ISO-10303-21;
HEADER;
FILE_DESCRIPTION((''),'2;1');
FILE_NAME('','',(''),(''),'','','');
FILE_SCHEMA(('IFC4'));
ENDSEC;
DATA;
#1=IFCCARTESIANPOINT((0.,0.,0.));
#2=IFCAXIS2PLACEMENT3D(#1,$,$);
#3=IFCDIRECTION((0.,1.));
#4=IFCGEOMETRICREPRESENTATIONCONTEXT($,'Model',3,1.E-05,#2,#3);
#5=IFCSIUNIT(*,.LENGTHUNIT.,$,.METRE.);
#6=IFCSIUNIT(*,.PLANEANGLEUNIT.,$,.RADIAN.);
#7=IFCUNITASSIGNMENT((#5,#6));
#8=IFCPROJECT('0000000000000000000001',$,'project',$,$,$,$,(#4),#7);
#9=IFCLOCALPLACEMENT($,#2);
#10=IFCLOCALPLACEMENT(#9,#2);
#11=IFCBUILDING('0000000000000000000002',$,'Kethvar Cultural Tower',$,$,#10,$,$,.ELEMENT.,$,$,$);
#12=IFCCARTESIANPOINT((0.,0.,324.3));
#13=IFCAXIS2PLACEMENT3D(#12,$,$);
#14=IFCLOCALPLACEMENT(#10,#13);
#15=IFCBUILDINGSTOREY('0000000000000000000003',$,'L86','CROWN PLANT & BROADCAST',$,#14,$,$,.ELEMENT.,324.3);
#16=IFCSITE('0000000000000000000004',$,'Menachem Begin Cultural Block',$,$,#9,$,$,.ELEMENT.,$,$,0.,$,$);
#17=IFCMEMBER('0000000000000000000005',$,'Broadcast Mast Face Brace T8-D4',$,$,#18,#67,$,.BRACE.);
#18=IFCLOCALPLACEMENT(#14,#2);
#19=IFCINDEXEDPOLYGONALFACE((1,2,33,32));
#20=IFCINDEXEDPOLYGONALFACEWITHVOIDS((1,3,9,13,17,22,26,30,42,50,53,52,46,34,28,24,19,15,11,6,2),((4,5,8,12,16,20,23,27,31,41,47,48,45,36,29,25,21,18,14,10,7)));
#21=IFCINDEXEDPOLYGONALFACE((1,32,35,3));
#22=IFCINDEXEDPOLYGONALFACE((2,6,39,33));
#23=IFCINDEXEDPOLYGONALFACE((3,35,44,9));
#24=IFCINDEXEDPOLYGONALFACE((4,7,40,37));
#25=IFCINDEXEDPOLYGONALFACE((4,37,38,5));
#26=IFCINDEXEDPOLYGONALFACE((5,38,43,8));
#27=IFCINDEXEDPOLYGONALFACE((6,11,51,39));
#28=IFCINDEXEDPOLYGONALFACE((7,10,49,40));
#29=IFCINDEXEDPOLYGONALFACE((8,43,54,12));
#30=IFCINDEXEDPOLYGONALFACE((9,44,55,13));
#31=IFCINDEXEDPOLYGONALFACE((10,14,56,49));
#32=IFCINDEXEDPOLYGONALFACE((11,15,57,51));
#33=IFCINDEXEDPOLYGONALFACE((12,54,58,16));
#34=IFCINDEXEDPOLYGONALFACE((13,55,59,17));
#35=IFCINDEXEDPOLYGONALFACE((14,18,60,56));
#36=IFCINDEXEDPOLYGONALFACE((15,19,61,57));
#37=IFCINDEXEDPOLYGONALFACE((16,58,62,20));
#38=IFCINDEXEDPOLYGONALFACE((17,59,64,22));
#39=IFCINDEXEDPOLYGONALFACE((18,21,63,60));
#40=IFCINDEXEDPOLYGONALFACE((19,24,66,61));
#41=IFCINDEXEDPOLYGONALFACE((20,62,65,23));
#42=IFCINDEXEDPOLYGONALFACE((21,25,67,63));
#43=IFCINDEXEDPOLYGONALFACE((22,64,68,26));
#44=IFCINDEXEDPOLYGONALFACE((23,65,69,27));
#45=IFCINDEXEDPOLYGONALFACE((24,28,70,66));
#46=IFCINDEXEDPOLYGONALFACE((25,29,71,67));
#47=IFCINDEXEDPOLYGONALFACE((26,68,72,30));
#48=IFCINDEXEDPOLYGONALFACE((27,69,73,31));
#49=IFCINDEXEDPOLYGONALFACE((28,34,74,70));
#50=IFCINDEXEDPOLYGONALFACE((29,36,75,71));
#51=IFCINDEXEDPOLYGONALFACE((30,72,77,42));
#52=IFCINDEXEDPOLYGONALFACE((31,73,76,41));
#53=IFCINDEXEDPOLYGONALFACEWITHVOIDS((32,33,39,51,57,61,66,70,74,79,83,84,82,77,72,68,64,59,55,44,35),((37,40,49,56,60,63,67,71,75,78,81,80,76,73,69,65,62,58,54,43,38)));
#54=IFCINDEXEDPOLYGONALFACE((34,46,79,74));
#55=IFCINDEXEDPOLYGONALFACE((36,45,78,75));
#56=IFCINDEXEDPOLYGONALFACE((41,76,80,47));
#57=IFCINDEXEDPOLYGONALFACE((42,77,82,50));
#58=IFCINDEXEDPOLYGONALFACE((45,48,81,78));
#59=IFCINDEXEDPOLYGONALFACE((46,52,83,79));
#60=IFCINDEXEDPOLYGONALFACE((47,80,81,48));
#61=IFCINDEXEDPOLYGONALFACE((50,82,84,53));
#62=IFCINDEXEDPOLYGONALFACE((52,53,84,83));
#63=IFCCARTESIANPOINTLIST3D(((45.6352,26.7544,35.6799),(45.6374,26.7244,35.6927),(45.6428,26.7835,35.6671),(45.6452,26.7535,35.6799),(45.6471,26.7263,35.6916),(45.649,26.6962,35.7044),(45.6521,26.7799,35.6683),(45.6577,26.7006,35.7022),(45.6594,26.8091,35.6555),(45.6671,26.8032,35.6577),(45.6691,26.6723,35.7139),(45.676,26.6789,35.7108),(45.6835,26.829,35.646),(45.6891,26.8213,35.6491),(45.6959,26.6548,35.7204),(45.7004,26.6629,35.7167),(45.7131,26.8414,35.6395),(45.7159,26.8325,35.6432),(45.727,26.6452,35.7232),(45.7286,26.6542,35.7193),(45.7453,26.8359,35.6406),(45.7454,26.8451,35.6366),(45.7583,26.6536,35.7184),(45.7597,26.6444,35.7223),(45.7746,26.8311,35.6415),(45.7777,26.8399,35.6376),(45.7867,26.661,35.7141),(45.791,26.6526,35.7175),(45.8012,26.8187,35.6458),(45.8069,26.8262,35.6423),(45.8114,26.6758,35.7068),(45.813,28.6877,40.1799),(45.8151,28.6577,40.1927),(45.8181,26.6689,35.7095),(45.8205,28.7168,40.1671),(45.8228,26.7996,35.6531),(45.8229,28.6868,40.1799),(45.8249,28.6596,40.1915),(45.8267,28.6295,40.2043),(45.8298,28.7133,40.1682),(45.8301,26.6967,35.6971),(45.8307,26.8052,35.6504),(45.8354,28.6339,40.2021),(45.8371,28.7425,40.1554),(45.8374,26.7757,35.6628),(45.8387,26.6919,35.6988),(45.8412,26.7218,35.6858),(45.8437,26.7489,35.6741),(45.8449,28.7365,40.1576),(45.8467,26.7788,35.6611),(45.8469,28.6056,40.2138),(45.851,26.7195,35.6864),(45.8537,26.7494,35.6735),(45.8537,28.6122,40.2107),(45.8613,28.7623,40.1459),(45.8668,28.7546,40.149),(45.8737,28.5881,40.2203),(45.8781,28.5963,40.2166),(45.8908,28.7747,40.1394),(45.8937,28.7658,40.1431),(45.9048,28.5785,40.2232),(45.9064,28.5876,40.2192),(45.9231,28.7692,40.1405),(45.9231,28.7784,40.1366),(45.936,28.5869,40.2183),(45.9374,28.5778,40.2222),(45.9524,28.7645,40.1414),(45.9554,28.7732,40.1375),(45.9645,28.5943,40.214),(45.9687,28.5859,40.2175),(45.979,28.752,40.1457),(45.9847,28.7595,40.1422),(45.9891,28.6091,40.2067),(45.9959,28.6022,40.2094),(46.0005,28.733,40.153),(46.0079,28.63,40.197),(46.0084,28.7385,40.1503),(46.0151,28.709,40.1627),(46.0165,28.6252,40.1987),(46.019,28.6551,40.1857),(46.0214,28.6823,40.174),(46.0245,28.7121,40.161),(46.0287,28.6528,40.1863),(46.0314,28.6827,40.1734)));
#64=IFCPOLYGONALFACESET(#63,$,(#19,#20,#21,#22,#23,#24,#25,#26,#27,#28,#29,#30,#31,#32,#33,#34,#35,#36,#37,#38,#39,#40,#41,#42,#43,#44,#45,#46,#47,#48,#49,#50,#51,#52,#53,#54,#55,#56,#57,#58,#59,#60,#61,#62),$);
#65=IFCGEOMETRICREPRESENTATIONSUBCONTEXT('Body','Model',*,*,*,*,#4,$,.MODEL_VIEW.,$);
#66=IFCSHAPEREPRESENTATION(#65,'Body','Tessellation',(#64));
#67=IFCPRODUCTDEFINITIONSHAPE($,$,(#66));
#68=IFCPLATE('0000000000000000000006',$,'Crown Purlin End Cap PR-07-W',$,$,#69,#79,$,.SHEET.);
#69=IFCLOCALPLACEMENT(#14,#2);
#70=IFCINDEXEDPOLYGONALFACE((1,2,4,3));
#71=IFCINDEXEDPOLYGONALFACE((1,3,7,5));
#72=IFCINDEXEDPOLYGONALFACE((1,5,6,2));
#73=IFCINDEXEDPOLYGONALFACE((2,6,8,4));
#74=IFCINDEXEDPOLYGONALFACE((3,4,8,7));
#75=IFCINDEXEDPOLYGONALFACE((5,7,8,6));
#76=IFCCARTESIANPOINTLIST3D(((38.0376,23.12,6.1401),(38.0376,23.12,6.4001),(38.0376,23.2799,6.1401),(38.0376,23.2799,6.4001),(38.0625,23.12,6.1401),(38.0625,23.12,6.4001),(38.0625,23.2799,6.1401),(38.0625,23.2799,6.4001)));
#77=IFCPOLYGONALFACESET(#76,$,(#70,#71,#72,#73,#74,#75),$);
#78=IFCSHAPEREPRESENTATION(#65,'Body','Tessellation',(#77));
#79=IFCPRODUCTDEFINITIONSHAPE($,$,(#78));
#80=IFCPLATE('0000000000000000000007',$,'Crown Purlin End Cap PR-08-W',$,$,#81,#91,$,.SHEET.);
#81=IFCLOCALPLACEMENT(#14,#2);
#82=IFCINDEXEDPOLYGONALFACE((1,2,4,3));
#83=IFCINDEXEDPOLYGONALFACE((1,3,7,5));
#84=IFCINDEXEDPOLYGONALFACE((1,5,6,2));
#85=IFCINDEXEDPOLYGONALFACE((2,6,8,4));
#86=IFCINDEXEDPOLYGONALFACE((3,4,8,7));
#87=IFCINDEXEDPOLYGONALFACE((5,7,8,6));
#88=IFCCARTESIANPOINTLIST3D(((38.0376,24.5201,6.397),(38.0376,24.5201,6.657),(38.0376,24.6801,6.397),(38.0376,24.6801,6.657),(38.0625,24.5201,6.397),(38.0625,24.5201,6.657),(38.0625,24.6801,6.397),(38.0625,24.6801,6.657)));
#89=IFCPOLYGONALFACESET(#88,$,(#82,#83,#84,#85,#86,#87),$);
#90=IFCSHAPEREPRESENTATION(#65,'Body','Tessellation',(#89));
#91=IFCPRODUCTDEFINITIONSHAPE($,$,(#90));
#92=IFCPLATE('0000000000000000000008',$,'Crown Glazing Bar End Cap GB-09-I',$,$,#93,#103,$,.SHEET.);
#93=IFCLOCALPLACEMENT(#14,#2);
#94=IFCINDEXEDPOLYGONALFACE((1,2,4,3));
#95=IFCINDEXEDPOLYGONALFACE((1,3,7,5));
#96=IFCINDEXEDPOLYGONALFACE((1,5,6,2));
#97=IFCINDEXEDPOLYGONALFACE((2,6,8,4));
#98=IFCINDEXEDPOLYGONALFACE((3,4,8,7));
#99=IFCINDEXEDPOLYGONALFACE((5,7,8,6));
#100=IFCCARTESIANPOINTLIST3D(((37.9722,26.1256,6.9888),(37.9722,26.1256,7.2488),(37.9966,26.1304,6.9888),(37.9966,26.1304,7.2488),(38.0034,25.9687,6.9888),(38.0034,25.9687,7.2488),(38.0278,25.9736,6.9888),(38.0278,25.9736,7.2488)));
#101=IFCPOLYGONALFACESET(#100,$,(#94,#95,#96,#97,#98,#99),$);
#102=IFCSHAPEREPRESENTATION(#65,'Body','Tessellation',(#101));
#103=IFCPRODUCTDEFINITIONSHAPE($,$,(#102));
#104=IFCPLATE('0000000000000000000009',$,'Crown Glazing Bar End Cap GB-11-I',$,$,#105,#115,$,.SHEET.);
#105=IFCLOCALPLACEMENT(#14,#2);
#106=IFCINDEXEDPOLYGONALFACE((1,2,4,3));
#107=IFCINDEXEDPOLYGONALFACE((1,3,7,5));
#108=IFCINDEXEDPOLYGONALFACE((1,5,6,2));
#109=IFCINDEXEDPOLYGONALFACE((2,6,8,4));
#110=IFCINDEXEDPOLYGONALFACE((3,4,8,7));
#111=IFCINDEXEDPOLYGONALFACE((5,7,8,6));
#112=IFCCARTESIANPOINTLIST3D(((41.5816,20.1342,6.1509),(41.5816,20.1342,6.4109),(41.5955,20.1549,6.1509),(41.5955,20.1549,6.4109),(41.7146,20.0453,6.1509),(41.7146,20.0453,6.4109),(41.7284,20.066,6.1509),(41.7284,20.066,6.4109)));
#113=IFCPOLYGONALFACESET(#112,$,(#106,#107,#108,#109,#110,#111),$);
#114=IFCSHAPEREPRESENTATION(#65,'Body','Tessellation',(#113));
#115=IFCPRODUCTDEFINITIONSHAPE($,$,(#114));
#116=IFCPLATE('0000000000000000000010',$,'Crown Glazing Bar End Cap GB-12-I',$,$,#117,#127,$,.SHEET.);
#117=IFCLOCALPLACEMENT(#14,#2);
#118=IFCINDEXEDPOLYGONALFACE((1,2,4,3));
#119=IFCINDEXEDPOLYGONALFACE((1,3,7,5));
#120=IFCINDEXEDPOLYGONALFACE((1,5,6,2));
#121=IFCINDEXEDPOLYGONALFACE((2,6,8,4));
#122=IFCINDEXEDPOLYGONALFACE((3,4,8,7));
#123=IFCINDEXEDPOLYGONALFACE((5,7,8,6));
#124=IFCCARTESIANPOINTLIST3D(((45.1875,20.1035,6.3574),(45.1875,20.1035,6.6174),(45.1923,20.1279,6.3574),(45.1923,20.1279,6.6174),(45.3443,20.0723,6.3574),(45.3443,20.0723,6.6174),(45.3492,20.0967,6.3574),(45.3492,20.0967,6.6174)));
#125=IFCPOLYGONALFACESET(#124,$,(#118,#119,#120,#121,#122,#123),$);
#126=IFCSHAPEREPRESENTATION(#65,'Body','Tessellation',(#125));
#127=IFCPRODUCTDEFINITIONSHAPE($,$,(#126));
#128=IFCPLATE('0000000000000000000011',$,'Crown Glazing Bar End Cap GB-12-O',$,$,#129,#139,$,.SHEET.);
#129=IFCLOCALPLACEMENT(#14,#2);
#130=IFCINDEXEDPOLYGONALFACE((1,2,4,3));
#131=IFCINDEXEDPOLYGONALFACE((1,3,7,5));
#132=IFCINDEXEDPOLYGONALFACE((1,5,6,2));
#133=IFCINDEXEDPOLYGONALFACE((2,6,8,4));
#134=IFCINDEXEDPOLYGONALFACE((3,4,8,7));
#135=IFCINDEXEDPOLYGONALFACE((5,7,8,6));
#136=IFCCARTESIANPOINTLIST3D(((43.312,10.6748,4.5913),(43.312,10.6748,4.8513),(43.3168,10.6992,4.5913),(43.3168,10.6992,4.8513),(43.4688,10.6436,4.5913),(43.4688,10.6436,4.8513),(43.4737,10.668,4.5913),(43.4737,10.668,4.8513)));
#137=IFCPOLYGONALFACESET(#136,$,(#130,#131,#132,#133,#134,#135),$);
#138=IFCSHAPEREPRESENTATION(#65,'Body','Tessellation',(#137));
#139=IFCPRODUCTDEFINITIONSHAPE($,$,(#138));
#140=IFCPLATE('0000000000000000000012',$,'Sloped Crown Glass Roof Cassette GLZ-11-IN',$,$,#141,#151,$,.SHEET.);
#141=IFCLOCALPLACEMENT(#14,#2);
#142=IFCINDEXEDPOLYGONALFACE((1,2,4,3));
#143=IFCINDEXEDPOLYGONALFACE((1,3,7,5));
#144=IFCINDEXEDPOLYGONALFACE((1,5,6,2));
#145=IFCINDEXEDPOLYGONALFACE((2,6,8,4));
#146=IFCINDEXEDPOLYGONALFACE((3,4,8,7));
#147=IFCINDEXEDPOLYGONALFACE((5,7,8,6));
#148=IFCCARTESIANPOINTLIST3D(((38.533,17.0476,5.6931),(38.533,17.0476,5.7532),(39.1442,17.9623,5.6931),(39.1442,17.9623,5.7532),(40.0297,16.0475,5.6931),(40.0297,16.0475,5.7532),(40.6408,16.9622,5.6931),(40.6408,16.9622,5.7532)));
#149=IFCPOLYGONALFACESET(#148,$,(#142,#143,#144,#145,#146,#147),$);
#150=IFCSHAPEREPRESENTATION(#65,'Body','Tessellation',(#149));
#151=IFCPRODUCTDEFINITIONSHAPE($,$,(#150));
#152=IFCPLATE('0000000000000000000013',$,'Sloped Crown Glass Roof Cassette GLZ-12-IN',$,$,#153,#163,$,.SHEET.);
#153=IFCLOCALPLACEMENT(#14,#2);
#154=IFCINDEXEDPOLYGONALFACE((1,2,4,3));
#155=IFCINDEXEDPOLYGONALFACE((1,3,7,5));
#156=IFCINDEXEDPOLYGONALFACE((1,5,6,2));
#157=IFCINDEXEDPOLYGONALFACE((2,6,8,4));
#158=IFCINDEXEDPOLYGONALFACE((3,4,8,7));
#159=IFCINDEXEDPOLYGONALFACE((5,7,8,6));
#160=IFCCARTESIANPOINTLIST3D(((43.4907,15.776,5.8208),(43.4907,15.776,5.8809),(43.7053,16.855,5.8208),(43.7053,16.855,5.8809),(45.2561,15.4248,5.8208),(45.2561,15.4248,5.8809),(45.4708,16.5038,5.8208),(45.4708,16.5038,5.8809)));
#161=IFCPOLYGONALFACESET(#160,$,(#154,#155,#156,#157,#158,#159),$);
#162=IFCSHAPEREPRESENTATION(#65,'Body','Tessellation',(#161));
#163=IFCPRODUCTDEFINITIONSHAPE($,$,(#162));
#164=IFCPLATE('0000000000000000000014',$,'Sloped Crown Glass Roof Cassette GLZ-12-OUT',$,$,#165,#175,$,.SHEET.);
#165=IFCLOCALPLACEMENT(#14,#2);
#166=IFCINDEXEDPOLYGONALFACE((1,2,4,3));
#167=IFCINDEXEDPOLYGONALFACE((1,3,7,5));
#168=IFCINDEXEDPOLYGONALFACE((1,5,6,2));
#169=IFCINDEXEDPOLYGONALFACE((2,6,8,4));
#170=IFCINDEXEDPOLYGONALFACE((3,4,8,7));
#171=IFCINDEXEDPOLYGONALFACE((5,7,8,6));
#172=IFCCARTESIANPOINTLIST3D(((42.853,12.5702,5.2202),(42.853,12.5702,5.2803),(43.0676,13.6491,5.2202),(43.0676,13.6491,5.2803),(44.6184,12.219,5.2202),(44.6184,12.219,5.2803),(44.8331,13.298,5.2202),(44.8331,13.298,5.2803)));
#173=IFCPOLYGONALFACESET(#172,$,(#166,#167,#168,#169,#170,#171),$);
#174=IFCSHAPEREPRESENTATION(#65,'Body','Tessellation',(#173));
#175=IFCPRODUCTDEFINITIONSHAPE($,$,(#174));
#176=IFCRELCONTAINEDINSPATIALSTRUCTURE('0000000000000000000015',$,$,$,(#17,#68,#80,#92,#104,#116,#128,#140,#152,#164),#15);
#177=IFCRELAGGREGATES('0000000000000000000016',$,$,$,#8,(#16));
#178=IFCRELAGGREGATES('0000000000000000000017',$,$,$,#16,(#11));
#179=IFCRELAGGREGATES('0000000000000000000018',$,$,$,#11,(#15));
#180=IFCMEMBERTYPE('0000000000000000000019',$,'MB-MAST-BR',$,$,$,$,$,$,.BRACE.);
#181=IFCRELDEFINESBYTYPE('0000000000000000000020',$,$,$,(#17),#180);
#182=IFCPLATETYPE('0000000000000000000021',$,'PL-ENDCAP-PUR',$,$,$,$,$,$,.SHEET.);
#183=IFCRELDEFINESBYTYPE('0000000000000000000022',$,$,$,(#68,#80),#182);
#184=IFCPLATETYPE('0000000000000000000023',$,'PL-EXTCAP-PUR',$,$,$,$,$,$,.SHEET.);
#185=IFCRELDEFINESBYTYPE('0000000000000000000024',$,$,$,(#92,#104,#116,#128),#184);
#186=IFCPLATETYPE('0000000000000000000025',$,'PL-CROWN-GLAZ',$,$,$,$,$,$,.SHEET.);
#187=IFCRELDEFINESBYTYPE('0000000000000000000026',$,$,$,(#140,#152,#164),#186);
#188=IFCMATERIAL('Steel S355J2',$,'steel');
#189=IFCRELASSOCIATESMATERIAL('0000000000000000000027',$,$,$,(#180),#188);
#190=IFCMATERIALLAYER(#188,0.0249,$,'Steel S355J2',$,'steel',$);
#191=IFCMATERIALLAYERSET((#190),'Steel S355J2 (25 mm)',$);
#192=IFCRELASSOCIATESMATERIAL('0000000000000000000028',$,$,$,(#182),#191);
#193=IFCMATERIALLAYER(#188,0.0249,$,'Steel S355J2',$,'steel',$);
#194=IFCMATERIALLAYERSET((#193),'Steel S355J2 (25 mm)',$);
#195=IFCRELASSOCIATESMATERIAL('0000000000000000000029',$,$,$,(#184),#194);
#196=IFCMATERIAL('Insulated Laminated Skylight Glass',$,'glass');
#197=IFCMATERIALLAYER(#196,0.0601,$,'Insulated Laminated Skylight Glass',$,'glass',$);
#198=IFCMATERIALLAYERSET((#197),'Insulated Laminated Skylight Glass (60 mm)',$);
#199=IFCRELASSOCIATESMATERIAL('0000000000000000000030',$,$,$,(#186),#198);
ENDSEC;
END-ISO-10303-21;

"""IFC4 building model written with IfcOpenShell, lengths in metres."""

from ifc_helpers import new_model, si_unit, direction, frame, origin, origin_2d, place, context, subcontext, project, spatial, rectangle, hollow_circle, extrude, source, transform, mapped, material, layer, layer_set, material_profile, profile_set, type_object, element, save


model = new_model("IFC4")

# Units and contexts
model_context = context("Model", 3, precision=1e-05, world=origin(), true_north=direction((0.0, 1.0)))
body_context = subcontext(model_context, "Body", "Model", "MODEL_VIEW")
ifc_project = project(units=[si_unit("LENGTHUNIT", "METRE"), si_unit("PLANEANGLEUNIT", "RADIAN")], contexts=[model_context])

# Site, building, storey
site_placement = place(None, origin())
site = spatial("IfcSite", under=ifc_project, at=site_placement, Name="Menachem Begin Cultural Block", CompositionType="ELEMENT", RefElevation=0.0)
building_placement = place(site_placement, origin())
building = spatial("IfcBuilding", under=site, at=building_placement, Name="Kethvar Cultural Tower", CompositionType="ELEMENT")
storey_placement = place(building_placement, frame((0.0, 0.0, 324.3)))
storey = spatial("IfcBuildingStorey", under=building, at=storey_placement, Name="L86", Description="CROWN PLANT & BROADCAST", CompositionType="ELEMENT", Elevation=324.3)

# Shared definitions
ifc_material_1 = material(Name="Steel S355J2", Category="steel")

# Member
ifc_material_profile_1 = material_profile(ifc_material_1, hollow_circle(Radius=0.1096, WallThickness=0.01, at=origin_2d()), Name="Steel S355J2 — CHS219x10")
ifc_profile_set_1 = profile_set([ifc_material_profile_1], Name="Steel S355J2 — CHS219x10")
member_type_1 = type_object("IfcMemberType", Name="MB-MAST-BR", PredefinedType="BRACE", material=ifc_profile_set_1)
shared_shape_1 = source(origin(), body_context, "Body", "SweptSolid", [
    extrude(hollow_circle(Radius=0.1096, WallThickness=0.01, at=origin_2d()), origin(), (0.0, 0.0, 1.0), 4.9009),
])
member_1_placement = place(storey_placement, frame((45.7444, 26.7444, 35.6799), z_axis=(0.036265, 0.394484, 0.918187), x_axis=(-0.995801, 0.091545, 0.0)))
element("IfcMember", 1, at=member_1_placement, inside=storey, type_object=member_type_1, Name="Broadcast Mast Face Brace T8-D4", PredefinedType="BRACE", context=body_context, shape_type="MappedRepresentation", body=[
    mapped(shared_shape_1, transform((0.0, 0.0, 0.0), scale=1.0)),
])

# Plates
ifc_layer_1 = layer(ifc_material_1, 0.0249, Name="Steel S355J2", Category="steel")
ifc_layer_set_1 = layer_set([ifc_layer_1], Name="Steel S355J2 (25 mm)")
plate_type_1 = type_object("IfcPlateType", Name="PL-ENDCAP-PUR", PredefinedType="SHEET", material=ifc_layer_set_1)
shared_shape_2 = source(origin(), body_context, "Body", "SweptSolid", [
    extrude(rectangle(XDim=0.0249, YDim=0.1599, at=origin_2d()), origin(), (0.0, 0.0, 1.0), 0.26),
])
for number, where, z_axis, x_axis, name in (
    (2, (38.05, 23.2, 6.1401), (0.0, 0.0, 1.0), (1.0, 0.0, 0.0), "Crown Purlin End Cap PR-07-W"),
    (3, (38.05, 24.6001, 6.397), (0.0, 0.0, 1.0), (1.0, 0.0, 0.0), "Crown Purlin End Cap PR-08-W"),
):
    element("IfcPlate", number, at=place(storey_placement, frame(where, z_axis=z_axis, x_axis=x_axis)), inside=storey, type_object=plate_type_1, Name=name, PredefinedType="SHEET", context=body_context, shape_type="MappedRepresentation", body=[
        mapped(shared_shape_2, transform((0.0, 0.0, 0.0), scale=1.0)),
    ])
ifc_layer_2 = layer(ifc_material_1, 0.0249, Name="Steel S355J2", Category="steel")
ifc_layer_set_2 = layer_set([ifc_layer_2], Name="Steel S355J2 (25 mm)")
plate_type_2 = type_object("IfcPlateType", Name="PL-EXTCAP-PUR", PredefinedType="SHEET", material=ifc_layer_set_2)
shared_shape_3 = source(origin(), body_context, "Body", "SweptSolid", [
    extrude(rectangle(XDim=0.0249, YDim=0.1599, at=origin_2d()), origin(), (0.0, 0.0, 1.0), 0.26),
])
for number, where, z_axis, x_axis, name in (
    (4, (38.0, 26.0496, 6.9888), (0.0, 0.0, 1.0), (-0.980785, -0.19509, 0.0), "Crown Glazing Bar End Cap GB-09-I"),
    (5, (41.655, 20.1001, 6.1509), (0.0, 0.0, 1.0), (-0.55557, -0.83147, 0.0), "Crown Glazing Bar End Cap GB-11-I"),
    (6, (45.2683, 20.1001, 6.3574), (0.0, 0.0, 1.0), (-0.19509, -0.980785, 0.0), "Crown Glazing Bar End Cap GB-12-I"),
    (7, (43.3928, 10.6714, 4.5913), (0.0, 0.0, 1.0), (-0.19509, -0.980785, 0.0), "Crown Glazing Bar End Cap GB-12-O"),
):
    element("IfcPlate", number, at=place(storey_placement, frame(where, z_axis=z_axis, x_axis=x_axis)), inside=storey, type_object=plate_type_2, Name=name, PredefinedType="SHEET", context=body_context, shape_type="MappedRepresentation", body=[
        mapped(shared_shape_3, transform((0.0, 0.0, 0.0), scale=1.0)),
    ])
ifc_material_2 = material(Name="Insulated Laminated Skylight Glass", Category="glass")
ifc_layer_3 = layer(ifc_material_2, 0.0601, Name="Insulated Laminated Skylight Glass", Category="glass")
ifc_layer_set_3 = layer_set([ifc_layer_3], Name="Insulated Laminated Skylight Glass (60 mm)")
plate_type_3 = type_object("IfcPlateType", Name="PL-CROWN-GLAZ", PredefinedType="SHEET", material=ifc_layer_set_3)
shared_shape_4 = source(origin(), body_context, "Body", "SweptSolid", [
    extrude(rectangle(XDim=1.1001, YDim=1.8, at=origin_2d()), origin(), (0.0, 0.0, 1.0), 0.0601),
])
for number, where, z_axis, x_axis, name in (
    (8, (39.5869, 17.0049, 5.6931), (0.0, 0.0, 1.0), (-0.55557, -0.83147, 0.0), "Sloped Crown Glass Roof Cassette GLZ-11-IN"),
    (9, (44.4807, 16.1399, 5.8208), (0.0, 0.0, 1.0), (-0.19509, -0.980785, 0.0), "Sloped Crown Glass Roof Cassette GLZ-12-IN"),
    (10, (43.843, 12.9341, 5.2202), (0.0, 0.0, 1.0), (-0.19509, -0.980785, 0.0), "Sloped Crown Glass Roof Cassette GLZ-12-OUT"),
):
    element("IfcPlate", number, at=place(storey_placement, frame(where, z_axis=z_axis, x_axis=x_axis)), inside=storey, type_object=plate_type_3, Name=name, PredefinedType="SHEET", context=body_context, shape_type="MappedRepresentation", body=[
        mapped(shared_shape_4, transform((0.0, 0.0, 0.0), scale=1.0)),
    ])

save(model, "model.ifc")
